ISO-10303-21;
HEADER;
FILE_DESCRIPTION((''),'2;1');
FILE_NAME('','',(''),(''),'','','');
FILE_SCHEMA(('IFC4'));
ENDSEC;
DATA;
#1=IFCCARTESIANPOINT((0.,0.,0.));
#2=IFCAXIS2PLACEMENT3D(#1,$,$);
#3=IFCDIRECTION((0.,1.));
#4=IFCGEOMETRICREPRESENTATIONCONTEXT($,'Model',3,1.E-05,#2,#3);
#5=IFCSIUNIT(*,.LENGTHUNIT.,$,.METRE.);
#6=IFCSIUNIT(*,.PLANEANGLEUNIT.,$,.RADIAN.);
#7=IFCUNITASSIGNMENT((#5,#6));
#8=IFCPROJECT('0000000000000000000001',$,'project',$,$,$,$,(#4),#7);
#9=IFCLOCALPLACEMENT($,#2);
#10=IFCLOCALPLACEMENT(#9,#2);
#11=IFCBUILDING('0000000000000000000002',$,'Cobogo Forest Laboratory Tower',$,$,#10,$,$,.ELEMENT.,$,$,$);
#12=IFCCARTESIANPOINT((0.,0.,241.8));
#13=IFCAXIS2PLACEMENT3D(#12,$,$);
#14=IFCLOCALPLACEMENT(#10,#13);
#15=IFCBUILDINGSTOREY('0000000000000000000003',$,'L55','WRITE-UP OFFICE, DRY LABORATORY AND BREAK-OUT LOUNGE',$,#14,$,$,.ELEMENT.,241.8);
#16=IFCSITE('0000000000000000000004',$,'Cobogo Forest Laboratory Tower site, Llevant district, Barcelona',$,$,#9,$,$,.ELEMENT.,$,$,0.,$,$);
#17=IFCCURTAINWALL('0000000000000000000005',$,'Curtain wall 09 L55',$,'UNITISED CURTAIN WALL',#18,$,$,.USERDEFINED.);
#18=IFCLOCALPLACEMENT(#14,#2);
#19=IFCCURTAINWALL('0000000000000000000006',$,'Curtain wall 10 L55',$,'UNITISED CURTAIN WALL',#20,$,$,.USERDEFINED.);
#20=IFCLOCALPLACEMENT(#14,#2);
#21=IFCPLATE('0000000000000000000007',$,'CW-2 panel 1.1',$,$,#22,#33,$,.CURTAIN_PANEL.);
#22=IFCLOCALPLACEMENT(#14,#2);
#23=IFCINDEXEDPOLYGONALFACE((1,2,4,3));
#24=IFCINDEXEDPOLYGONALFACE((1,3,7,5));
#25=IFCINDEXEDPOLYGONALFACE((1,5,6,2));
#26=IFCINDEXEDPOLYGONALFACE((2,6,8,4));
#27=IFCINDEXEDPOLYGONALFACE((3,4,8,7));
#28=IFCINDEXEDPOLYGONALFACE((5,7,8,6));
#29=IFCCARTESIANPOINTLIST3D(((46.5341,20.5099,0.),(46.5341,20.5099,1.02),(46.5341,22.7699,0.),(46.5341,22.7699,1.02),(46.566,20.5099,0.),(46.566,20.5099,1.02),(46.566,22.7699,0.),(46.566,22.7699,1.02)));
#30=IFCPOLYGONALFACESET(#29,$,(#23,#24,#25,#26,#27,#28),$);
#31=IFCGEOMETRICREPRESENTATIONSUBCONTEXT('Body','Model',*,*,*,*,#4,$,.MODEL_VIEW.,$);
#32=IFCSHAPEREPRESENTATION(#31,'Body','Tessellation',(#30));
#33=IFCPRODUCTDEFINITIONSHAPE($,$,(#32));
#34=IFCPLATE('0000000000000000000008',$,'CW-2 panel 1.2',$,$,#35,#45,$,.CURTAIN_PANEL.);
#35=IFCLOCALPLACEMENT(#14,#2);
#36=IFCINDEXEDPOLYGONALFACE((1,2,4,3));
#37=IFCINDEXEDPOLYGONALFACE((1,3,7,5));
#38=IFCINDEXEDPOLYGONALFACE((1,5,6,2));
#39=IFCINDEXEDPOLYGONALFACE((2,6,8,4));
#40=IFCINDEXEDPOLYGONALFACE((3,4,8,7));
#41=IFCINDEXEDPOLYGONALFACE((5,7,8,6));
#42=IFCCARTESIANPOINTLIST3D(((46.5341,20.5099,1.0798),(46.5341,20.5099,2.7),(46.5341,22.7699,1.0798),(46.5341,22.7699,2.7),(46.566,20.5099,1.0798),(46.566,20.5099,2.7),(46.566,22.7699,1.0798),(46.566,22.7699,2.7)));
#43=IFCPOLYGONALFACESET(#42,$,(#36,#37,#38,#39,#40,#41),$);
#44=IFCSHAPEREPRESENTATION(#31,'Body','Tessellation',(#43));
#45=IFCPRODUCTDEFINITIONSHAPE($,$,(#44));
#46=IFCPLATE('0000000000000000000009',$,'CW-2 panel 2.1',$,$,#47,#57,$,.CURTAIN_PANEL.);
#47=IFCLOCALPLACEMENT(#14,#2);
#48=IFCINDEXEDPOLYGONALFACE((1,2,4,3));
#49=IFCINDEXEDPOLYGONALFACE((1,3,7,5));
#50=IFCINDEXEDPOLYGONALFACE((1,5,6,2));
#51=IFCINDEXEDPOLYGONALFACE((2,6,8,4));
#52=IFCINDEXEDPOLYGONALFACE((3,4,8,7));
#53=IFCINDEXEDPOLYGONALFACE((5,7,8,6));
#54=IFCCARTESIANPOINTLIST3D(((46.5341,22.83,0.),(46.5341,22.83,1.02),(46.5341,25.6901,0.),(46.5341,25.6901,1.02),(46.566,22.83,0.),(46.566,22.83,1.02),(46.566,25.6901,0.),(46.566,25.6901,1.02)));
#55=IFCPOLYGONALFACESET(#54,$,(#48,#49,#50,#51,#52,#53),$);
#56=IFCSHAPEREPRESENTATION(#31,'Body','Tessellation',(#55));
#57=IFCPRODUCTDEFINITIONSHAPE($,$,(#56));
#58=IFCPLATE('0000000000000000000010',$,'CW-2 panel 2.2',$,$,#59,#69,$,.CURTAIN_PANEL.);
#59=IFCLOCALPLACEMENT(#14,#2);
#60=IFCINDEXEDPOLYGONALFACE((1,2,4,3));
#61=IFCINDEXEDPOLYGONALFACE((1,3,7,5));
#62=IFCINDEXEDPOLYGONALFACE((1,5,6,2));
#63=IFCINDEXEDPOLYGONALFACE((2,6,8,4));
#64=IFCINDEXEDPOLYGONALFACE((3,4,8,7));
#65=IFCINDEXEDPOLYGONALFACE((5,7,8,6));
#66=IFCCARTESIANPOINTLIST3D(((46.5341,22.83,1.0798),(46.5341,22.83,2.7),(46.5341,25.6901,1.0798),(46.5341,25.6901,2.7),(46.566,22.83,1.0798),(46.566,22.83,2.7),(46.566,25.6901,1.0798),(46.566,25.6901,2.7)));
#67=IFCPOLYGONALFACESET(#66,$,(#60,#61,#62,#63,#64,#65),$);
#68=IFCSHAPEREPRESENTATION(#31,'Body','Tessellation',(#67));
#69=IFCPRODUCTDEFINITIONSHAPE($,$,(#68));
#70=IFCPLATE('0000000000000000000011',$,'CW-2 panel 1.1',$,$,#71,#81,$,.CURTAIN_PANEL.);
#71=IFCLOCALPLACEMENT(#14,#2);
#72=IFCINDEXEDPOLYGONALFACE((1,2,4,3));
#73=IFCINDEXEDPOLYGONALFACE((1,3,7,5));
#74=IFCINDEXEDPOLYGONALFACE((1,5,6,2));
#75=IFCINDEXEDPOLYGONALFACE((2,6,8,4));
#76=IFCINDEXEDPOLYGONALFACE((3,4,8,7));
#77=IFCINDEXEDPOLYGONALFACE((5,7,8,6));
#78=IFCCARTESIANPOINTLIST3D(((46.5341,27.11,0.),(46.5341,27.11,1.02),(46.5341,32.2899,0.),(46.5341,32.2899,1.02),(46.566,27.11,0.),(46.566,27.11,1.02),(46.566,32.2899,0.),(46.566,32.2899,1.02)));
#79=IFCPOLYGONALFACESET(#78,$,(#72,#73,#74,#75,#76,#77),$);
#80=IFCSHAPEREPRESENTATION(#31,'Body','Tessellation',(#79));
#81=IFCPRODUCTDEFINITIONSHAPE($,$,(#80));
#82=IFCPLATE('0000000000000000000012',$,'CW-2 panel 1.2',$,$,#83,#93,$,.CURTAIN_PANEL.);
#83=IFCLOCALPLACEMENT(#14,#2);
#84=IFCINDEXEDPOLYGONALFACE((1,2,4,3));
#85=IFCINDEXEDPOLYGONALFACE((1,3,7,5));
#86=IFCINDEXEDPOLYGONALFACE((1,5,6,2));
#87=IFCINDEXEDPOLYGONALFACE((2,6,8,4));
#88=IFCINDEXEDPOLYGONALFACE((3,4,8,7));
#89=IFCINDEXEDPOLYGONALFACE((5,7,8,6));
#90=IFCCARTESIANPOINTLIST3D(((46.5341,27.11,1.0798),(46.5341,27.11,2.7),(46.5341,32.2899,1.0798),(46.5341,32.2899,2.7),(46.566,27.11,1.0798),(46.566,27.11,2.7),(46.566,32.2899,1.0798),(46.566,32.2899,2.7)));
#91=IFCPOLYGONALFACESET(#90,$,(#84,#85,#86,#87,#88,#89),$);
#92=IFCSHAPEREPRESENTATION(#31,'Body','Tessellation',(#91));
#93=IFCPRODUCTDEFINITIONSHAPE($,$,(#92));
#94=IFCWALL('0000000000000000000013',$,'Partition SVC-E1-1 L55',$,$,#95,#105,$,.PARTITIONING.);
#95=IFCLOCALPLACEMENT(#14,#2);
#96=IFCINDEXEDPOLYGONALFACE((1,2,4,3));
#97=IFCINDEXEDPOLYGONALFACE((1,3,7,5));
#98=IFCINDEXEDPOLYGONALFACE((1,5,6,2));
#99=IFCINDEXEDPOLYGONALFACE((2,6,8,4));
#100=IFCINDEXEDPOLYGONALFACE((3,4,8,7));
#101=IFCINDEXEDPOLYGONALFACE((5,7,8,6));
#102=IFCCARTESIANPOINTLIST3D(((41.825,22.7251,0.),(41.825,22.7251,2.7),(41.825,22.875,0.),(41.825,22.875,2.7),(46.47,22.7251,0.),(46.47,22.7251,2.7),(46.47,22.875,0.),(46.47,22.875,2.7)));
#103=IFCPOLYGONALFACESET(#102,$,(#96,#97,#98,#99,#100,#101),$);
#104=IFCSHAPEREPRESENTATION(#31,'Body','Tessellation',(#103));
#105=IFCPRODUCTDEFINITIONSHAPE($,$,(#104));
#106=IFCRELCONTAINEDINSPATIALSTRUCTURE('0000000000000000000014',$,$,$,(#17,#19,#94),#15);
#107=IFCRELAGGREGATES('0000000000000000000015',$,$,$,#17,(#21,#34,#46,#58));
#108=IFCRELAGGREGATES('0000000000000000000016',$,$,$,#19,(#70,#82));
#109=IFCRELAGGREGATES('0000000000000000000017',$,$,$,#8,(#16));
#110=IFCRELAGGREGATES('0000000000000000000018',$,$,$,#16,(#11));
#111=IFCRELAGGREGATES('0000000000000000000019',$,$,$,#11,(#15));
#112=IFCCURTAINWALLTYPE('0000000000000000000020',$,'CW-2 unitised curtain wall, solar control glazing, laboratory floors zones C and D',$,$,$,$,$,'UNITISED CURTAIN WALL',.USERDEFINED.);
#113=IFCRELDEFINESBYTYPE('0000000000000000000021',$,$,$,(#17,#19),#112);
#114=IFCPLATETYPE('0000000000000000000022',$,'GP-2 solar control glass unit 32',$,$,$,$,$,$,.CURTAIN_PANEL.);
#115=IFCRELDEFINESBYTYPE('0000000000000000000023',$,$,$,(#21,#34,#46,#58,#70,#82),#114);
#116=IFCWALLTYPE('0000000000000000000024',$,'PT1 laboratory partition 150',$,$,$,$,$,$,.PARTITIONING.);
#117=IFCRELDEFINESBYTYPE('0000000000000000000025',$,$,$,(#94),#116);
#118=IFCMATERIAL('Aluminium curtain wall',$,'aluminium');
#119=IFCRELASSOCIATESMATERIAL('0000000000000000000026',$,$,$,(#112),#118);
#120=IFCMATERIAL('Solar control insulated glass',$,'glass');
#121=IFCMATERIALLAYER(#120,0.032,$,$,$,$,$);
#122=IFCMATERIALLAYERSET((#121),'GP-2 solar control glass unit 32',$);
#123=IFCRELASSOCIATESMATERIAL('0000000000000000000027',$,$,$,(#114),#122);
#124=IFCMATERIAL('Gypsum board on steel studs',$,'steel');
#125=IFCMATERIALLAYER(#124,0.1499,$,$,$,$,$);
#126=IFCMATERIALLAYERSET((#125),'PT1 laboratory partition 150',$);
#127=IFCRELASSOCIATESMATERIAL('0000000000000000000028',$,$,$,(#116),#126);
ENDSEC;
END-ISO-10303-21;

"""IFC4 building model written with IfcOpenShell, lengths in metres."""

from ifc_helpers import new_model, si_unit, direction, frame, frame_2d, origin, origin_2d, place, context, subcontext, project, spatial, rectangle, extrude, material, layer, layer_set, type_object, element, aggregate, save


model = new_model("IFC4")

# Units and contexts
model_context = context("Model", 3, precision=1e-05, world=origin(), true_north=direction((0.0, 1.0)))
body_context = subcontext(model_context, "Body", "Model", "MODEL_VIEW")
ifc_project = project(units=[si_unit("LENGTHUNIT", "METRE"), si_unit("PLANEANGLEUNIT", "RADIAN")], contexts=[model_context])

# Site, building, storey
site_placement = place(None, origin())
site = spatial("IfcSite", under=ifc_project, at=site_placement, Name="Cobogo Forest Laboratory Tower site, Llevant district, Barcelona", CompositionType="ELEMENT", RefElevation=0.0)
building_placement = place(site_placement, origin())
building = spatial("IfcBuilding", under=site, at=building_placement, Name="Cobogo Forest Laboratory Tower", CompositionType="ELEMENT")
storey_placement = place(building_placement, frame((0.0, 0.0, 241.8)))
storey = spatial("IfcBuildingStorey", under=building, at=storey_placement, Name="L55", Description="WRITE-UP OFFICE, DRY LABORATORY AND BREAK-OUT LOUNGE", CompositionType="ELEMENT", Elevation=241.8)

# Curtain walls
ifc_material_1 = material(Name="Aluminium curtain wall", Category="aluminium")
curtain_wall_type = type_object("IfcCurtainWallType", Name="CW-2 unitised curtain wall, solar control glazing, laboratory floors zones C and D", ElementType="UNITISED CURTAIN WALL", PredefinedType="USERDEFINED", material=ifc_material_1)
curtain_wall_1_placement = place(storey_placement, origin())
curtain_wall_1 = element("IfcCurtainWall", 1, at=curtain_wall_1_placement, inside=storey, type_object=curtain_wall_type, Name="Curtain wall 09 L55", ObjectType="UNITISED CURTAIN WALL", PredefinedType="USERDEFINED")
curtain_wall_2_placement = place(storey_placement, origin())
curtain_wall_2 = element("IfcCurtainWall", 2, at=curtain_wall_2_placement, inside=storey, type_object=curtain_wall_type, Name="Curtain wall 10 L55", ObjectType="UNITISED CURTAIN WALL", PredefinedType="USERDEFINED")

# Plates
ifc_material_2 = material(Name="Solar control insulated glass", Category="glass")
ifc_layer_1 = layer(ifc_material_2, 0.032)
ifc_layer_set_1 = layer_set([ifc_layer_1], Name="GP-2 solar control glass unit 32")
plate_type_1 = type_object("IfcPlateType", Name="GP-2 solar control glass unit 32", PredefinedType="CURTAIN_PANEL", material=ifc_layer_set_1)
plate_1_placement = place(storey_placement, frame((46.55, 21.6399, 0.0), z_axis=(0.0, 0.0, 1.0), x_axis=(0.0, 1.0, 0.0)))
plate_1 = element("IfcPlate", 3, at=plate_1_placement, type_object=plate_type_1, Name="CW-2 panel 1.1", PredefinedType="CURTAIN_PANEL", context=body_context, shape_type="SweptSolid", body=[
    extrude(rectangle(XDim=2.26, YDim=0.032, at=origin_2d()), origin(), (0.0, 0.0, 1.0), 1.02),
])
plate_2_placement = place(storey_placement, frame((46.55, 21.6399, 1.0798), z_axis=(0.0, 0.0, 1.0), x_axis=(0.0, 1.0, 0.0)))
plate_2 = element("IfcPlate", 4, at=plate_2_placement, type_object=plate_type_1, Name="CW-2 panel 1.2", PredefinedType="CURTAIN_PANEL", context=body_context, shape_type="SweptSolid", body=[
    extrude(rectangle(XDim=2.26, YDim=0.032, at=origin_2d()), origin(), (0.0, 0.0, 1.0), 1.6201),
])
plate_3_placement = place(storey_placement, frame((46.55, 24.26, 0.0), z_axis=(0.0, 0.0, 1.0), x_axis=(0.0, 1.0, 0.0)))
plate_3 = element("IfcPlate", 5, at=plate_3_placement, type_object=plate_type_1, Name="CW-2 panel 2.1", PredefinedType="CURTAIN_PANEL", context=body_context, shape_type="SweptSolid", body=[
    extrude(rectangle(XDim=2.8601, YDim=0.032, at=origin_2d()), origin(), (0.0, 0.0, 1.0), 1.02),
])
plate_4_placement = place(storey_placement, frame((46.55, 24.26, 1.0798), z_axis=(0.0, 0.0, 1.0), x_axis=(0.0, 1.0, 0.0)))
plate_4 = element("IfcPlate", 6, at=plate_4_placement, type_object=plate_type_1, Name="CW-2 panel 2.2", PredefinedType="CURTAIN_PANEL", context=body_context, shape_type="SweptSolid", body=[
    extrude(rectangle(XDim=2.8601, YDim=0.032, at=origin_2d()), origin(), (0.0, 0.0, 1.0), 1.6201),
])
aggregate(curtain_wall_1, [plate_1, plate_2, plate_3, plate_4])
plate_5_placement = place(storey_placement, frame((46.55, 29.7, 0.0), z_axis=(0.0, 0.0, 1.0), x_axis=(0.0, 1.0, 0.0)))
plate_5 = element("IfcPlate", 7, at=plate_5_placement, type_object=plate_type_1, Name="CW-2 panel 1.1", PredefinedType="CURTAIN_PANEL", context=body_context, shape_type="SweptSolid", body=[
    extrude(rectangle(XDim=5.1799, YDim=0.032, at=origin_2d()), origin(), (0.0, 0.0, 1.0), 1.02),
])
plate_6_placement = place(storey_placement, frame((46.55, 29.7, 1.0798), z_axis=(0.0, 0.0, 1.0), x_axis=(0.0, 1.0, 0.0)))
plate_6 = element("IfcPlate", 8, at=plate_6_placement, type_object=plate_type_1, Name="CW-2 panel 1.2", PredefinedType="CURTAIN_PANEL", context=body_context, shape_type="SweptSolid", body=[
    extrude(rectangle(XDim=5.1799, YDim=0.032, at=origin_2d()), origin(), (0.0, 0.0, 1.0), 1.6201),
])
aggregate(curtain_wall_2, [plate_5, plate_6])

# Wall
ifc_material_3 = material(Name="Gypsum board on steel studs", Category="steel")
ifc_layer_2 = layer(ifc_material_3, 0.1499)
ifc_layer_set_2 = layer_set([ifc_layer_2], Name="PT1 laboratory partition 150")
wall_type = type_object("IfcWallType", Name="PT1 laboratory partition 150", PredefinedType="PARTITIONING", material=ifc_layer_set_2)
wall_placement = place(storey_placement, frame((46.47, 22.8, 0.0), z_axis=(0.0, 0.0, 1.0), x_axis=(-1.0, 0.0, 0.0)))
element("IfcWall", 9, at=wall_placement, inside=storey, type_object=wall_type, Name="Partition SVC-E1-1 L55", PredefinedType="PARTITIONING", context=body_context, shape_type="SweptSolid", body=[
    extrude(rectangle(XDim=4.645, YDim=0.1499, at=frame_2d((2.3225, 0.0))), origin(), (0.0, 0.0, 1.0), 2.7),
])

save(model, "model.ifc")
